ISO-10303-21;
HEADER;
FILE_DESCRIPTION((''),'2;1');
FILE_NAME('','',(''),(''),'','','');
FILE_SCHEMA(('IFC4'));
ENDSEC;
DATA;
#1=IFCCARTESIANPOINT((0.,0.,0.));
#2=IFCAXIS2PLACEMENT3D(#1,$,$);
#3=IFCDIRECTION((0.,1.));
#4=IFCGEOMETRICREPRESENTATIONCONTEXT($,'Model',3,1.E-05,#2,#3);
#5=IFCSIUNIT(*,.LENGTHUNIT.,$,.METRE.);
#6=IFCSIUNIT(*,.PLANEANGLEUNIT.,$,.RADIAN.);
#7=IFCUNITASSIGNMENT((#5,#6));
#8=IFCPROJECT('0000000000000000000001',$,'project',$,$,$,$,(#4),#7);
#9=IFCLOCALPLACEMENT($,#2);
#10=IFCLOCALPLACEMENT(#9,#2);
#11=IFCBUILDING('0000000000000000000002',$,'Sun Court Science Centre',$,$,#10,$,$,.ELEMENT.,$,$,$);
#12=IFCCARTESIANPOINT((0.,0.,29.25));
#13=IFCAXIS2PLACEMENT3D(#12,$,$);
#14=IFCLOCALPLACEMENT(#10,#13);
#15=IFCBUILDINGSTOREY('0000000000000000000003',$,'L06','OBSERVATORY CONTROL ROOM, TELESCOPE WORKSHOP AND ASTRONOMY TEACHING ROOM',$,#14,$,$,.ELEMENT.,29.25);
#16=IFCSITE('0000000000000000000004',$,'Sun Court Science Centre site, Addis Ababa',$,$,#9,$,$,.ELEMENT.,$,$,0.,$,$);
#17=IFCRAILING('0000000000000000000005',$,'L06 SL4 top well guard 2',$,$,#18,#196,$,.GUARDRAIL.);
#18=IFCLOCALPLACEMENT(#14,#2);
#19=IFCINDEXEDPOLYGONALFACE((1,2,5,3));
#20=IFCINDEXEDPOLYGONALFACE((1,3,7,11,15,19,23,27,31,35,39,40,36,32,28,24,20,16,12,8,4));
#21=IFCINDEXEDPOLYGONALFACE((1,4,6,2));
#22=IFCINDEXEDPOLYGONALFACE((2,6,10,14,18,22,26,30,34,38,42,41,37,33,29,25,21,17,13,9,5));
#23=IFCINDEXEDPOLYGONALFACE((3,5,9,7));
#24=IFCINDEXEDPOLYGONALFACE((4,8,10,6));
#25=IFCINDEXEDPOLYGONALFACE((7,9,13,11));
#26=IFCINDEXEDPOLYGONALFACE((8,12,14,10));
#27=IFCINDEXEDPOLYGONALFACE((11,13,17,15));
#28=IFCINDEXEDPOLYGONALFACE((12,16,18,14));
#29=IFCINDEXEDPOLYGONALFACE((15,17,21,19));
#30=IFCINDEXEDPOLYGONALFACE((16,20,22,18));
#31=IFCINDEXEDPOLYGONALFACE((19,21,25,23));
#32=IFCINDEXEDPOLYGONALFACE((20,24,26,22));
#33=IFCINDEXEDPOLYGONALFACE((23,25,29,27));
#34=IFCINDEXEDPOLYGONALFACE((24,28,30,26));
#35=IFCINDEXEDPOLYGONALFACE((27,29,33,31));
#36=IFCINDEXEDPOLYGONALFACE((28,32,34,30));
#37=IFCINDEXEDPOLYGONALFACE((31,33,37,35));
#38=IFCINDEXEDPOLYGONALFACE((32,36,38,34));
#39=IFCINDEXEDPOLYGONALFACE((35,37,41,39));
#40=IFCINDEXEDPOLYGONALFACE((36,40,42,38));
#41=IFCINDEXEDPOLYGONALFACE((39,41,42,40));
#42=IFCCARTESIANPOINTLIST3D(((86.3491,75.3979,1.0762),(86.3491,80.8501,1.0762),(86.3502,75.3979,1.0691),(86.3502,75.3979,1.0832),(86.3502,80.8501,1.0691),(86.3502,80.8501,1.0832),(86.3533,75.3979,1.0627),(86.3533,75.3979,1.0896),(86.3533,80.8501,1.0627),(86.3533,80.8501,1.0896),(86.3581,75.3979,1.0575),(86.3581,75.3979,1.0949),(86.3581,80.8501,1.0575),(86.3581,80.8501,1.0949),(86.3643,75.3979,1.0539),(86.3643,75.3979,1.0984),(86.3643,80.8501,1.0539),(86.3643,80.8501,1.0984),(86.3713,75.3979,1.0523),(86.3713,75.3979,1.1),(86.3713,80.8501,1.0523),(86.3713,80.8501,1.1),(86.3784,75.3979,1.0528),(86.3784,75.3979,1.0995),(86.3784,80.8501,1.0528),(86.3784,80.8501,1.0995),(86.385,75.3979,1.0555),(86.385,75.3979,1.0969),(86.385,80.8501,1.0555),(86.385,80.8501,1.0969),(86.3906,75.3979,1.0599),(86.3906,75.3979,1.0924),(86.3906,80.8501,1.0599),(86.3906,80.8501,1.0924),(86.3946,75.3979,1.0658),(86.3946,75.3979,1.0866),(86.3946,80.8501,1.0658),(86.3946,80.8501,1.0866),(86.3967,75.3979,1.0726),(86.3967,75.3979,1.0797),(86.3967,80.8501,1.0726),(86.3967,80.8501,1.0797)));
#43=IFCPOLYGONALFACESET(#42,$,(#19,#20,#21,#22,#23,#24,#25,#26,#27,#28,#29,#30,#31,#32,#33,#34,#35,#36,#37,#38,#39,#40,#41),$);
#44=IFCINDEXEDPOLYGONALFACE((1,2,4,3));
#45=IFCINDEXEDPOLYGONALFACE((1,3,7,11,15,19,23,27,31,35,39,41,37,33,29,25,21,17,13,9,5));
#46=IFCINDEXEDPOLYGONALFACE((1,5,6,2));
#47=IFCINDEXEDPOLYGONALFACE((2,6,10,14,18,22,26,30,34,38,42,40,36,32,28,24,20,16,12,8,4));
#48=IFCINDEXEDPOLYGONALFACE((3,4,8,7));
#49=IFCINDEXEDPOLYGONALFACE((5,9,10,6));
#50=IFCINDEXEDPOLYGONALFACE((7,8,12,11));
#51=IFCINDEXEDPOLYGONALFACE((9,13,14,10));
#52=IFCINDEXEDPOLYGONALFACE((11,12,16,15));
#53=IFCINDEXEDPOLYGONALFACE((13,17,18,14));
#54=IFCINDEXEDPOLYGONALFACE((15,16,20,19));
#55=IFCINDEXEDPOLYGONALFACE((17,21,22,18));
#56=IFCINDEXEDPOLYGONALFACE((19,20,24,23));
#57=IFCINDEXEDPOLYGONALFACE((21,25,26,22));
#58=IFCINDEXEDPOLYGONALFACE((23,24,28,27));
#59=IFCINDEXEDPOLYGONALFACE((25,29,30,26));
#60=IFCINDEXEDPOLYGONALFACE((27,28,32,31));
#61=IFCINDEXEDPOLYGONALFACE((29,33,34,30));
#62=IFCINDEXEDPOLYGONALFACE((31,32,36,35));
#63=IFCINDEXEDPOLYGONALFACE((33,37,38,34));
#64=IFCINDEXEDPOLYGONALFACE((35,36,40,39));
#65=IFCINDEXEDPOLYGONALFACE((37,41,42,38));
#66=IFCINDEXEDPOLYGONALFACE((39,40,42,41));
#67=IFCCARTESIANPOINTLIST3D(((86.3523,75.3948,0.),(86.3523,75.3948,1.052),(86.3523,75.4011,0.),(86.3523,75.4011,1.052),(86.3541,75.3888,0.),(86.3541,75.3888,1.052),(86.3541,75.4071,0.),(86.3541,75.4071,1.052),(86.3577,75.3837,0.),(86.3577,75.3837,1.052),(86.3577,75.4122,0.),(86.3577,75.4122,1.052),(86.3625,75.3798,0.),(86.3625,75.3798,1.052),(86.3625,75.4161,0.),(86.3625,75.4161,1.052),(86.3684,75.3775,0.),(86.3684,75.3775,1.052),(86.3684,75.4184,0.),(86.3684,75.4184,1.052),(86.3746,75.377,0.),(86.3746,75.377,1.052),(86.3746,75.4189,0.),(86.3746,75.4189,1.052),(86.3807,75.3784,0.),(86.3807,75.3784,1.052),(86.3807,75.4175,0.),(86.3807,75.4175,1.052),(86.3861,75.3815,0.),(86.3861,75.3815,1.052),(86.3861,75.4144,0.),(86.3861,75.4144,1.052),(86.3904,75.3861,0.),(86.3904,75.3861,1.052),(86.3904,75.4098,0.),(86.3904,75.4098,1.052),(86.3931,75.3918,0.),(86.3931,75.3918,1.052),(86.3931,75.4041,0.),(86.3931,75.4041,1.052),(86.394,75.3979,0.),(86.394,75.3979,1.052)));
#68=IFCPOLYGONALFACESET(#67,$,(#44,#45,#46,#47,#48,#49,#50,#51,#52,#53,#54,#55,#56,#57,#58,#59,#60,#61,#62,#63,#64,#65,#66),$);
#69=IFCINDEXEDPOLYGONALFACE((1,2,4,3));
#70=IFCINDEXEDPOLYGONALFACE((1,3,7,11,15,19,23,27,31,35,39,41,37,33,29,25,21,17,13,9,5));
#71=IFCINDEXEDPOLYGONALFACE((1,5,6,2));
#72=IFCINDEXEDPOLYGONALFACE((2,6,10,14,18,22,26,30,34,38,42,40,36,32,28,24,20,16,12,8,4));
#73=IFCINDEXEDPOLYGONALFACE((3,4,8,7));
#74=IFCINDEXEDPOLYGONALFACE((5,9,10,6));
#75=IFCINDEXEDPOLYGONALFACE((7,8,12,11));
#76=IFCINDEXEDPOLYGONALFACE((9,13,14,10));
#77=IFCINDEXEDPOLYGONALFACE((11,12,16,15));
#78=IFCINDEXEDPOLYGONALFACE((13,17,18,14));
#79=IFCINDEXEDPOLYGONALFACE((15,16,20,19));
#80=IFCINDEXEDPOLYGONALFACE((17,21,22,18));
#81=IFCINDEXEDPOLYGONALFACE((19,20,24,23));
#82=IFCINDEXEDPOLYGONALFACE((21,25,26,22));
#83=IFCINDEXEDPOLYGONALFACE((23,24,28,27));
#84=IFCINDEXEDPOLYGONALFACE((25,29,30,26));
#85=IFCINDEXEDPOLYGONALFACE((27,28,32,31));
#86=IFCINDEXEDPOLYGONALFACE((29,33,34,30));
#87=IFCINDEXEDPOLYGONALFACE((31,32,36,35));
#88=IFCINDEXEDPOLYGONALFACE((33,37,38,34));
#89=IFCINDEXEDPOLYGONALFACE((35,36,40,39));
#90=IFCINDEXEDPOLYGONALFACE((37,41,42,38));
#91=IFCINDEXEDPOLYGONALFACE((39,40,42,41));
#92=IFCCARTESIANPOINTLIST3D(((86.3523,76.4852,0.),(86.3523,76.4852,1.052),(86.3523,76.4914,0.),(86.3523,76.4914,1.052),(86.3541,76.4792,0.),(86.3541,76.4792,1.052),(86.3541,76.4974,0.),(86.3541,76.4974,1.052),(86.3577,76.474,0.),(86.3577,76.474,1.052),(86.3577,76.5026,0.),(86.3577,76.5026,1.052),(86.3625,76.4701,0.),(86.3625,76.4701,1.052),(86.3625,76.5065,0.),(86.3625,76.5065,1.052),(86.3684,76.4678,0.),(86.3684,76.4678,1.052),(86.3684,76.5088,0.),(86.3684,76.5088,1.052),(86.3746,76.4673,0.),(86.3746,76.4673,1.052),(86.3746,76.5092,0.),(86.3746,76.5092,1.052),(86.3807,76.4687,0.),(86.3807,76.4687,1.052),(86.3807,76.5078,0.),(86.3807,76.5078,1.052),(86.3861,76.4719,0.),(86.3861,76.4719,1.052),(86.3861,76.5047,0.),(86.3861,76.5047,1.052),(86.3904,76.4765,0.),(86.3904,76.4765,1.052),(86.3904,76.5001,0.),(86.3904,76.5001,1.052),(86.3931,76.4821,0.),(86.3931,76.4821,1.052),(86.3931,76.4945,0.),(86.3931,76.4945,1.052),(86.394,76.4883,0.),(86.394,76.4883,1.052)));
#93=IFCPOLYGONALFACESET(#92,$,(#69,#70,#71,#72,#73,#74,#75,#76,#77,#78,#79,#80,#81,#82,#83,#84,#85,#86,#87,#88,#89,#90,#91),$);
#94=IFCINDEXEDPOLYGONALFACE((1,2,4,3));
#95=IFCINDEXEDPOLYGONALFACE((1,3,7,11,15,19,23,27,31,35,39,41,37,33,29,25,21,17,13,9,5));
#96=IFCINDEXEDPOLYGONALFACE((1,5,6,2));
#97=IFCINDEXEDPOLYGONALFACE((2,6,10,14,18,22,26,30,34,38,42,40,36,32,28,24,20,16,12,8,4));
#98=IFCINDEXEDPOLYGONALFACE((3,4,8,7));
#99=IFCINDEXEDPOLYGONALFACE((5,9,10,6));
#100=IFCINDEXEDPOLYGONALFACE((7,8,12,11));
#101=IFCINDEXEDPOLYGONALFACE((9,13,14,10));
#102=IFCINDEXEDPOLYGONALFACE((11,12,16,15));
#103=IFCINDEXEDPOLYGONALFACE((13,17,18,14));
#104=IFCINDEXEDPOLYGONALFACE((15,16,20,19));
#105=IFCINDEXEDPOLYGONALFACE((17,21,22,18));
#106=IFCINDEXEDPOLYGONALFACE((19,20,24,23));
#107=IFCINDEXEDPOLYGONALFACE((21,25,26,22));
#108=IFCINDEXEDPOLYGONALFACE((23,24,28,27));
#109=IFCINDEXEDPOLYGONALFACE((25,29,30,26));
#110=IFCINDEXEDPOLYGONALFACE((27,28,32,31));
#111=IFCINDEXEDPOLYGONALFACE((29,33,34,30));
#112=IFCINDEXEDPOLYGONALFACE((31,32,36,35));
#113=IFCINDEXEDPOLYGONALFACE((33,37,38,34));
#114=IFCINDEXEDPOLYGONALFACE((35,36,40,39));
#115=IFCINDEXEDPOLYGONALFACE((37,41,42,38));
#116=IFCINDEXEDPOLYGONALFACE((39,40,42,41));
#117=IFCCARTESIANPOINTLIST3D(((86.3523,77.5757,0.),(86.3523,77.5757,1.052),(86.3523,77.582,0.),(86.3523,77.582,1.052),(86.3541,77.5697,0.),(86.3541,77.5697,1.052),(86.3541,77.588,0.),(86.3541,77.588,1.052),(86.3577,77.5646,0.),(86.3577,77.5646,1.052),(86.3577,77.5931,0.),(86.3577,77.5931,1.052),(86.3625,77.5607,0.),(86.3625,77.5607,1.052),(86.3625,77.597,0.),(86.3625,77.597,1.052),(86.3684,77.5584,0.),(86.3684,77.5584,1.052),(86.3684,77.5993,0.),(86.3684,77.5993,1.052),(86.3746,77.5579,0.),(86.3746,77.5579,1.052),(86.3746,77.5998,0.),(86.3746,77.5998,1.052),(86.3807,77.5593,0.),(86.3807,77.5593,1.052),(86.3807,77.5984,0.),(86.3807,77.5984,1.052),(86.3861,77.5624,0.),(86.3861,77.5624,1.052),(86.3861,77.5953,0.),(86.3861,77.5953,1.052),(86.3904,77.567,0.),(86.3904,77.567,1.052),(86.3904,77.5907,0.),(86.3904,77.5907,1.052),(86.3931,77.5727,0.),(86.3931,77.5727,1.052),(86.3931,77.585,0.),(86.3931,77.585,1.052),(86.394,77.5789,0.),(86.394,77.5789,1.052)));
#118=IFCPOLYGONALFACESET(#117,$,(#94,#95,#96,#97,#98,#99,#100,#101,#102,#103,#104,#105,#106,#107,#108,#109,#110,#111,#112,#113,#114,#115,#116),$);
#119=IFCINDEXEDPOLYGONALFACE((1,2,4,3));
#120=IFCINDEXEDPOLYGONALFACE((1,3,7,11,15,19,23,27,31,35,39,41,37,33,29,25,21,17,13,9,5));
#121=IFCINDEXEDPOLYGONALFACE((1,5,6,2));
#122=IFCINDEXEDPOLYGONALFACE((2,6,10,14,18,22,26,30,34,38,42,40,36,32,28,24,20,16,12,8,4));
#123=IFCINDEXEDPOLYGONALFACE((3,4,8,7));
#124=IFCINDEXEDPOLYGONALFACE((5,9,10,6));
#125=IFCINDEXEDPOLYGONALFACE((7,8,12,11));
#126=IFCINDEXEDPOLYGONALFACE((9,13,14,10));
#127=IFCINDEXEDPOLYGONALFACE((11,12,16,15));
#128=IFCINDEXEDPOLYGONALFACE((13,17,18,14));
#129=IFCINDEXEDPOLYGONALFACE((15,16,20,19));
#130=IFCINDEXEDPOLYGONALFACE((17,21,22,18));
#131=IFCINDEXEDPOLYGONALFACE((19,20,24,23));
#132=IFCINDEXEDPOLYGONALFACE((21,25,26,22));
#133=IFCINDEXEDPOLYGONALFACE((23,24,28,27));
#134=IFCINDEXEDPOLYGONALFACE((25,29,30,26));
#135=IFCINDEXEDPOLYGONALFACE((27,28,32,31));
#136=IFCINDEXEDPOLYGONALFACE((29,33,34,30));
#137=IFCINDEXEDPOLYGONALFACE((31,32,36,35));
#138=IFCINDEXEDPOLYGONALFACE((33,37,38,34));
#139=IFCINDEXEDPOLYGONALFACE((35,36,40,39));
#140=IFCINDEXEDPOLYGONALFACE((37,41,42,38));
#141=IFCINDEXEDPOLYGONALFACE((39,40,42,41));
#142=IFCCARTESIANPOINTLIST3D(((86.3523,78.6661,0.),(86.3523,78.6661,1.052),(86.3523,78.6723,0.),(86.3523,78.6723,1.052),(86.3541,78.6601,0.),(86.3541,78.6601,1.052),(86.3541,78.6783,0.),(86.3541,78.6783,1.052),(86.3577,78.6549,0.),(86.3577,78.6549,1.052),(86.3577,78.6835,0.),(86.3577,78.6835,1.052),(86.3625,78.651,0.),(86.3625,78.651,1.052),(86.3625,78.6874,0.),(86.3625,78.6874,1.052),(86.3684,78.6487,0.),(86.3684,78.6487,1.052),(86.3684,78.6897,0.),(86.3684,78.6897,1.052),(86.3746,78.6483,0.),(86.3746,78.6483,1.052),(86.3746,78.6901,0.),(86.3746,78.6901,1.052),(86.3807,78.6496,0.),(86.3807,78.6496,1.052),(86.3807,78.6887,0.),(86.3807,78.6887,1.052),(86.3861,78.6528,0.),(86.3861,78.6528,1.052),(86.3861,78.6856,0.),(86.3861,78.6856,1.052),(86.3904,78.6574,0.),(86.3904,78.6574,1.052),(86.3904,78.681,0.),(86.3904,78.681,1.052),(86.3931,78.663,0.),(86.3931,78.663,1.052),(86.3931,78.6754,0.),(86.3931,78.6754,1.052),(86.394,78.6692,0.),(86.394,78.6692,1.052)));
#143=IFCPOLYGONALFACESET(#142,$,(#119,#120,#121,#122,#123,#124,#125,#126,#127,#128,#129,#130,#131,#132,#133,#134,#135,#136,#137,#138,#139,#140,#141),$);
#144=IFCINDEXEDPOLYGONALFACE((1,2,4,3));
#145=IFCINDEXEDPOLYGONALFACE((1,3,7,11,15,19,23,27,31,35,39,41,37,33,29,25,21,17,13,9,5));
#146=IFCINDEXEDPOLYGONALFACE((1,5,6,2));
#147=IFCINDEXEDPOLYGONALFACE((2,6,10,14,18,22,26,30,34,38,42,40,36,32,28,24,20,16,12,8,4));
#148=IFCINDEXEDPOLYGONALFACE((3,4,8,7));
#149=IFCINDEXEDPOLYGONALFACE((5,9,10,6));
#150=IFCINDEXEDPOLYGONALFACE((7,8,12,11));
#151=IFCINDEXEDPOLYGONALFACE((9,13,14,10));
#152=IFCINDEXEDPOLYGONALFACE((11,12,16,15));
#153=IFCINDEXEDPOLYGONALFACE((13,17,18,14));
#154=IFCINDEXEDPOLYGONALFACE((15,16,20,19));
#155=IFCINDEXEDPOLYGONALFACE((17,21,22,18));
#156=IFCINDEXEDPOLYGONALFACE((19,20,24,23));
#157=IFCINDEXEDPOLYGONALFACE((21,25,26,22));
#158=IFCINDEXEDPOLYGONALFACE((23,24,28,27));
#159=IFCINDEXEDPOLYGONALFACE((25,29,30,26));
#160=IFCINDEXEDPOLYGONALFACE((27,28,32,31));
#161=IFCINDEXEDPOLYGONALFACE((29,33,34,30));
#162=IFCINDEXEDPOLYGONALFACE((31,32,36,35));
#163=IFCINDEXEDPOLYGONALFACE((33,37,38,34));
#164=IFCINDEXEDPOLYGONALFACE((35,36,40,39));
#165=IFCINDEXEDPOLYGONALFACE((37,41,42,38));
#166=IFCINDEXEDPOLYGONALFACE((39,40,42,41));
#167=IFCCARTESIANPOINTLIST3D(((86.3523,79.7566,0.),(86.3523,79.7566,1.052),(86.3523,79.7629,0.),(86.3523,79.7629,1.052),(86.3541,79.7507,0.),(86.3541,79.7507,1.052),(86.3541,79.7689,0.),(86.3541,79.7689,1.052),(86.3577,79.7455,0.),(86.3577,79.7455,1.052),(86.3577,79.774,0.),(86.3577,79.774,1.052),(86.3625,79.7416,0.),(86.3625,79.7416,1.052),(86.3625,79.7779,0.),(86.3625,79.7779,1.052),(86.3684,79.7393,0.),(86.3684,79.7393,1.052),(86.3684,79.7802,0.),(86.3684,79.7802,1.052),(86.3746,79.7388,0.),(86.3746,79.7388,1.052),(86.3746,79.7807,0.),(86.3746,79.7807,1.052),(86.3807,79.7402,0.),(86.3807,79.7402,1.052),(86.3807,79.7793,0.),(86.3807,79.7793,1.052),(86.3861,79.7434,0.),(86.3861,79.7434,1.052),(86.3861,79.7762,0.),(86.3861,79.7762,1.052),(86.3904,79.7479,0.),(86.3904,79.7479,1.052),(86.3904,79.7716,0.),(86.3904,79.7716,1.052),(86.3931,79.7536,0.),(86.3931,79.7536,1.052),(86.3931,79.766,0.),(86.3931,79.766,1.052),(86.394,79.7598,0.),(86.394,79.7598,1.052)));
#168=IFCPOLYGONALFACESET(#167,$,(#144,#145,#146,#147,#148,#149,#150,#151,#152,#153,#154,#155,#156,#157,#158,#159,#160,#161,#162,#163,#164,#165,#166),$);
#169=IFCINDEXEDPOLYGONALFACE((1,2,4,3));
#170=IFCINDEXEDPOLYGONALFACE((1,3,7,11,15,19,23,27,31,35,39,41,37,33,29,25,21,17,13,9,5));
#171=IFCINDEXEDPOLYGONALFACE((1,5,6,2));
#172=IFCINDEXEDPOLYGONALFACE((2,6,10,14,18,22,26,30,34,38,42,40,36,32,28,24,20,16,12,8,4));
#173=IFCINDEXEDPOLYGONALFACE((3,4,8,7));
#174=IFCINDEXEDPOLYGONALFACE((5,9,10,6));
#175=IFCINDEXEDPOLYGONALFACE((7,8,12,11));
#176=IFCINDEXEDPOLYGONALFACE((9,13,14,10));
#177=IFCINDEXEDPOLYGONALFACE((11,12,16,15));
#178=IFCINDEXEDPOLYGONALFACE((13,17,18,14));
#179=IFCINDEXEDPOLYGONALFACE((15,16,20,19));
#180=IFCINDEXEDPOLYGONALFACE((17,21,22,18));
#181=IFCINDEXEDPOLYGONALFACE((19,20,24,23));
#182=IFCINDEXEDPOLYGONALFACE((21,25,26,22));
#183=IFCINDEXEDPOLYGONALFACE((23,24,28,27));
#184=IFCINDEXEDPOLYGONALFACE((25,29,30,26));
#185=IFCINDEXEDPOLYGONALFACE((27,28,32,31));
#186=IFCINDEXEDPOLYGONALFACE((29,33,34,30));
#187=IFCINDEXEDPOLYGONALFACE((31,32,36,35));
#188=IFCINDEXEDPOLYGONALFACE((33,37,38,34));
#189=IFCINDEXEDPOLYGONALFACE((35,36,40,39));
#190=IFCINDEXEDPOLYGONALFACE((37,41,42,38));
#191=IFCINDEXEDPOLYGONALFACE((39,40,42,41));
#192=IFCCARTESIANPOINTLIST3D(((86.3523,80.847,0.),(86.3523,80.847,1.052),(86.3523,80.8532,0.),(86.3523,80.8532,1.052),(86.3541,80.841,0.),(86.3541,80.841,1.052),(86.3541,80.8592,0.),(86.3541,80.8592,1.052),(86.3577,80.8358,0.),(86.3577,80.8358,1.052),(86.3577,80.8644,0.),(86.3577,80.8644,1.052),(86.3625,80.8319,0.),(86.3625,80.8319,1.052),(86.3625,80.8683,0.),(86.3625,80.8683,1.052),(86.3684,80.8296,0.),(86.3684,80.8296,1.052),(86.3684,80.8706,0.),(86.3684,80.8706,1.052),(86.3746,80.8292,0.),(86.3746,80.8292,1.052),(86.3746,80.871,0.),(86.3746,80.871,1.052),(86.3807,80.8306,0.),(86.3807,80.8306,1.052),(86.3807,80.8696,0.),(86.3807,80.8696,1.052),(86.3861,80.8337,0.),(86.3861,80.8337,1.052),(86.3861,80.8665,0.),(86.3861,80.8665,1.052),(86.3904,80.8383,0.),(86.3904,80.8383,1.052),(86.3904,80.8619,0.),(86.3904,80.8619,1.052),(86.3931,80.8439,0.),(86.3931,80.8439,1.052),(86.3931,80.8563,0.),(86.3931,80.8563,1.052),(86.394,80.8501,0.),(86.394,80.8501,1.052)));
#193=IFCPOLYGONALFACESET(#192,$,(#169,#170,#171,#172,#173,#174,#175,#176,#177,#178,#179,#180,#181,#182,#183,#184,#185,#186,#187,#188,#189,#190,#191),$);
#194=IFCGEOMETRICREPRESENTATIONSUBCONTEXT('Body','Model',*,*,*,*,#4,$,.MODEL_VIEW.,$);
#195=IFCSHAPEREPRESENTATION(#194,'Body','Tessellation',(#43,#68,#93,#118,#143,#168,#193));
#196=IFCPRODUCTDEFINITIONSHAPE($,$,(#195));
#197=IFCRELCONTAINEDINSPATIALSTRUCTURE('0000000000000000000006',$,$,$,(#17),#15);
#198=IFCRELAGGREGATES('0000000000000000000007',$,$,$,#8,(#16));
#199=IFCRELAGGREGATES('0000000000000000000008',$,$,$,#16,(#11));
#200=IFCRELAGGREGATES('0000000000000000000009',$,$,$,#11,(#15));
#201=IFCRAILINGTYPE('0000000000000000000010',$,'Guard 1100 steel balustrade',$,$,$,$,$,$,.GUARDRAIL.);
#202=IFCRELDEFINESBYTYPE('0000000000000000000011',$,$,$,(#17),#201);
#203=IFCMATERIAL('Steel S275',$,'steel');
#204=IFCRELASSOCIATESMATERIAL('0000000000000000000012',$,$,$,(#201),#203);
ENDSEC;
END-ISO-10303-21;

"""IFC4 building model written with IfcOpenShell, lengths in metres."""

from ifc_helpers import new_model, si_unit, direction, frame, origin, origin_2d, place, context, subcontext, project, spatial, circle, extrude, material, type_object, element, save


model = new_model("IFC4")

# Units and contexts
model_context = context("Model", 3, precision=1e-05, world=origin(), true_north=direction((0.0, 1.0)))
body_context = subcontext(model_context, "Body", "Model", "MODEL_VIEW")
ifc_project = project(units=[si_unit("LENGTHUNIT", "METRE"), si_unit("PLANEANGLEUNIT", "RADIAN")], contexts=[model_context])

# Site, building, storey
site_placement = place(None, origin())
site = spatial("IfcSite", under=ifc_project, at=site_placement, Name="Sun Court Science Centre site, Addis Ababa", CompositionType="ELEMENT", RefElevation=0.0)
building_placement = place(site_placement, origin())
building = spatial("IfcBuilding", under=site, at=building_placement, Name="Sun Court Science Centre", CompositionType="ELEMENT")
storey_placement = place(building_placement, frame((0.0, 0.0, 29.25)))
storey = spatial("IfcBuildingStorey", under=building, at=storey_placement, Name="L06", Description="OBSERVATORY CONTROL ROOM, TELESCOPE WORKSHOP AND ASTRONOMY TEACHING ROOM", CompositionType="ELEMENT", Elevation=29.25)

# Railing
ifc_material_1 = material(Name="Steel S275", Category="steel")
railing_type = type_object("IfcRailingType", Name="Guard 1100 steel balustrade", PredefinedType="GUARDRAIL", material=ifc_material_1)
for number, where, name in (
    (1, (86.373, 75.3979, 0.0), "L06 SL4 top well guard 2"),
):
    element("IfcRailing", number, at=place(storey_placement, frame(where)), inside=storey, type_object=railing_type, Name=name, PredefinedType="GUARDRAIL", context=body_context, shape_type="SweptSolid", body=[
        extrude(circle(Radius=0.0239, at=origin_2d()), frame((0.0, 0.0, 1.0762), z_axis=(0.0, 1.0, 0.0), x_axis=(-1.0, 0.0, 0.0)), (0.0, 0.0, 1.0), 5.4521),
        extrude(circle(Radius=0.021, at=origin_2d()), origin(), (0.0, 0.0, 1.0), 1.052),
        extrude(circle(Radius=0.021, at=origin_2d()), frame((0.0, 1.0903, 0.0)), (0.0, 0.0, 1.0), 1.052),
        extrude(circle(Radius=0.021, at=origin_2d()), frame((0.0, 2.1809, 0.0)), (0.0, 0.0, 1.0), 1.052),
        extrude(circle(Radius=0.021, at=origin_2d()), frame((0.0, 3.2712, 0.0)), (0.0, 0.0, 1.0), 1.052),
        extrude(circle(Radius=0.021, at=origin_2d()), frame((0.0, 4.3618, 0.0)), (0.0, 0.0, 1.0), 1.052),
        extrude(circle(Radius=0.021, at=origin_2d()), frame((0.0, 5.4521, 0.0)), (0.0, 0.0, 1.0), 1.052),
    ])

save(model, "model.ifc")
